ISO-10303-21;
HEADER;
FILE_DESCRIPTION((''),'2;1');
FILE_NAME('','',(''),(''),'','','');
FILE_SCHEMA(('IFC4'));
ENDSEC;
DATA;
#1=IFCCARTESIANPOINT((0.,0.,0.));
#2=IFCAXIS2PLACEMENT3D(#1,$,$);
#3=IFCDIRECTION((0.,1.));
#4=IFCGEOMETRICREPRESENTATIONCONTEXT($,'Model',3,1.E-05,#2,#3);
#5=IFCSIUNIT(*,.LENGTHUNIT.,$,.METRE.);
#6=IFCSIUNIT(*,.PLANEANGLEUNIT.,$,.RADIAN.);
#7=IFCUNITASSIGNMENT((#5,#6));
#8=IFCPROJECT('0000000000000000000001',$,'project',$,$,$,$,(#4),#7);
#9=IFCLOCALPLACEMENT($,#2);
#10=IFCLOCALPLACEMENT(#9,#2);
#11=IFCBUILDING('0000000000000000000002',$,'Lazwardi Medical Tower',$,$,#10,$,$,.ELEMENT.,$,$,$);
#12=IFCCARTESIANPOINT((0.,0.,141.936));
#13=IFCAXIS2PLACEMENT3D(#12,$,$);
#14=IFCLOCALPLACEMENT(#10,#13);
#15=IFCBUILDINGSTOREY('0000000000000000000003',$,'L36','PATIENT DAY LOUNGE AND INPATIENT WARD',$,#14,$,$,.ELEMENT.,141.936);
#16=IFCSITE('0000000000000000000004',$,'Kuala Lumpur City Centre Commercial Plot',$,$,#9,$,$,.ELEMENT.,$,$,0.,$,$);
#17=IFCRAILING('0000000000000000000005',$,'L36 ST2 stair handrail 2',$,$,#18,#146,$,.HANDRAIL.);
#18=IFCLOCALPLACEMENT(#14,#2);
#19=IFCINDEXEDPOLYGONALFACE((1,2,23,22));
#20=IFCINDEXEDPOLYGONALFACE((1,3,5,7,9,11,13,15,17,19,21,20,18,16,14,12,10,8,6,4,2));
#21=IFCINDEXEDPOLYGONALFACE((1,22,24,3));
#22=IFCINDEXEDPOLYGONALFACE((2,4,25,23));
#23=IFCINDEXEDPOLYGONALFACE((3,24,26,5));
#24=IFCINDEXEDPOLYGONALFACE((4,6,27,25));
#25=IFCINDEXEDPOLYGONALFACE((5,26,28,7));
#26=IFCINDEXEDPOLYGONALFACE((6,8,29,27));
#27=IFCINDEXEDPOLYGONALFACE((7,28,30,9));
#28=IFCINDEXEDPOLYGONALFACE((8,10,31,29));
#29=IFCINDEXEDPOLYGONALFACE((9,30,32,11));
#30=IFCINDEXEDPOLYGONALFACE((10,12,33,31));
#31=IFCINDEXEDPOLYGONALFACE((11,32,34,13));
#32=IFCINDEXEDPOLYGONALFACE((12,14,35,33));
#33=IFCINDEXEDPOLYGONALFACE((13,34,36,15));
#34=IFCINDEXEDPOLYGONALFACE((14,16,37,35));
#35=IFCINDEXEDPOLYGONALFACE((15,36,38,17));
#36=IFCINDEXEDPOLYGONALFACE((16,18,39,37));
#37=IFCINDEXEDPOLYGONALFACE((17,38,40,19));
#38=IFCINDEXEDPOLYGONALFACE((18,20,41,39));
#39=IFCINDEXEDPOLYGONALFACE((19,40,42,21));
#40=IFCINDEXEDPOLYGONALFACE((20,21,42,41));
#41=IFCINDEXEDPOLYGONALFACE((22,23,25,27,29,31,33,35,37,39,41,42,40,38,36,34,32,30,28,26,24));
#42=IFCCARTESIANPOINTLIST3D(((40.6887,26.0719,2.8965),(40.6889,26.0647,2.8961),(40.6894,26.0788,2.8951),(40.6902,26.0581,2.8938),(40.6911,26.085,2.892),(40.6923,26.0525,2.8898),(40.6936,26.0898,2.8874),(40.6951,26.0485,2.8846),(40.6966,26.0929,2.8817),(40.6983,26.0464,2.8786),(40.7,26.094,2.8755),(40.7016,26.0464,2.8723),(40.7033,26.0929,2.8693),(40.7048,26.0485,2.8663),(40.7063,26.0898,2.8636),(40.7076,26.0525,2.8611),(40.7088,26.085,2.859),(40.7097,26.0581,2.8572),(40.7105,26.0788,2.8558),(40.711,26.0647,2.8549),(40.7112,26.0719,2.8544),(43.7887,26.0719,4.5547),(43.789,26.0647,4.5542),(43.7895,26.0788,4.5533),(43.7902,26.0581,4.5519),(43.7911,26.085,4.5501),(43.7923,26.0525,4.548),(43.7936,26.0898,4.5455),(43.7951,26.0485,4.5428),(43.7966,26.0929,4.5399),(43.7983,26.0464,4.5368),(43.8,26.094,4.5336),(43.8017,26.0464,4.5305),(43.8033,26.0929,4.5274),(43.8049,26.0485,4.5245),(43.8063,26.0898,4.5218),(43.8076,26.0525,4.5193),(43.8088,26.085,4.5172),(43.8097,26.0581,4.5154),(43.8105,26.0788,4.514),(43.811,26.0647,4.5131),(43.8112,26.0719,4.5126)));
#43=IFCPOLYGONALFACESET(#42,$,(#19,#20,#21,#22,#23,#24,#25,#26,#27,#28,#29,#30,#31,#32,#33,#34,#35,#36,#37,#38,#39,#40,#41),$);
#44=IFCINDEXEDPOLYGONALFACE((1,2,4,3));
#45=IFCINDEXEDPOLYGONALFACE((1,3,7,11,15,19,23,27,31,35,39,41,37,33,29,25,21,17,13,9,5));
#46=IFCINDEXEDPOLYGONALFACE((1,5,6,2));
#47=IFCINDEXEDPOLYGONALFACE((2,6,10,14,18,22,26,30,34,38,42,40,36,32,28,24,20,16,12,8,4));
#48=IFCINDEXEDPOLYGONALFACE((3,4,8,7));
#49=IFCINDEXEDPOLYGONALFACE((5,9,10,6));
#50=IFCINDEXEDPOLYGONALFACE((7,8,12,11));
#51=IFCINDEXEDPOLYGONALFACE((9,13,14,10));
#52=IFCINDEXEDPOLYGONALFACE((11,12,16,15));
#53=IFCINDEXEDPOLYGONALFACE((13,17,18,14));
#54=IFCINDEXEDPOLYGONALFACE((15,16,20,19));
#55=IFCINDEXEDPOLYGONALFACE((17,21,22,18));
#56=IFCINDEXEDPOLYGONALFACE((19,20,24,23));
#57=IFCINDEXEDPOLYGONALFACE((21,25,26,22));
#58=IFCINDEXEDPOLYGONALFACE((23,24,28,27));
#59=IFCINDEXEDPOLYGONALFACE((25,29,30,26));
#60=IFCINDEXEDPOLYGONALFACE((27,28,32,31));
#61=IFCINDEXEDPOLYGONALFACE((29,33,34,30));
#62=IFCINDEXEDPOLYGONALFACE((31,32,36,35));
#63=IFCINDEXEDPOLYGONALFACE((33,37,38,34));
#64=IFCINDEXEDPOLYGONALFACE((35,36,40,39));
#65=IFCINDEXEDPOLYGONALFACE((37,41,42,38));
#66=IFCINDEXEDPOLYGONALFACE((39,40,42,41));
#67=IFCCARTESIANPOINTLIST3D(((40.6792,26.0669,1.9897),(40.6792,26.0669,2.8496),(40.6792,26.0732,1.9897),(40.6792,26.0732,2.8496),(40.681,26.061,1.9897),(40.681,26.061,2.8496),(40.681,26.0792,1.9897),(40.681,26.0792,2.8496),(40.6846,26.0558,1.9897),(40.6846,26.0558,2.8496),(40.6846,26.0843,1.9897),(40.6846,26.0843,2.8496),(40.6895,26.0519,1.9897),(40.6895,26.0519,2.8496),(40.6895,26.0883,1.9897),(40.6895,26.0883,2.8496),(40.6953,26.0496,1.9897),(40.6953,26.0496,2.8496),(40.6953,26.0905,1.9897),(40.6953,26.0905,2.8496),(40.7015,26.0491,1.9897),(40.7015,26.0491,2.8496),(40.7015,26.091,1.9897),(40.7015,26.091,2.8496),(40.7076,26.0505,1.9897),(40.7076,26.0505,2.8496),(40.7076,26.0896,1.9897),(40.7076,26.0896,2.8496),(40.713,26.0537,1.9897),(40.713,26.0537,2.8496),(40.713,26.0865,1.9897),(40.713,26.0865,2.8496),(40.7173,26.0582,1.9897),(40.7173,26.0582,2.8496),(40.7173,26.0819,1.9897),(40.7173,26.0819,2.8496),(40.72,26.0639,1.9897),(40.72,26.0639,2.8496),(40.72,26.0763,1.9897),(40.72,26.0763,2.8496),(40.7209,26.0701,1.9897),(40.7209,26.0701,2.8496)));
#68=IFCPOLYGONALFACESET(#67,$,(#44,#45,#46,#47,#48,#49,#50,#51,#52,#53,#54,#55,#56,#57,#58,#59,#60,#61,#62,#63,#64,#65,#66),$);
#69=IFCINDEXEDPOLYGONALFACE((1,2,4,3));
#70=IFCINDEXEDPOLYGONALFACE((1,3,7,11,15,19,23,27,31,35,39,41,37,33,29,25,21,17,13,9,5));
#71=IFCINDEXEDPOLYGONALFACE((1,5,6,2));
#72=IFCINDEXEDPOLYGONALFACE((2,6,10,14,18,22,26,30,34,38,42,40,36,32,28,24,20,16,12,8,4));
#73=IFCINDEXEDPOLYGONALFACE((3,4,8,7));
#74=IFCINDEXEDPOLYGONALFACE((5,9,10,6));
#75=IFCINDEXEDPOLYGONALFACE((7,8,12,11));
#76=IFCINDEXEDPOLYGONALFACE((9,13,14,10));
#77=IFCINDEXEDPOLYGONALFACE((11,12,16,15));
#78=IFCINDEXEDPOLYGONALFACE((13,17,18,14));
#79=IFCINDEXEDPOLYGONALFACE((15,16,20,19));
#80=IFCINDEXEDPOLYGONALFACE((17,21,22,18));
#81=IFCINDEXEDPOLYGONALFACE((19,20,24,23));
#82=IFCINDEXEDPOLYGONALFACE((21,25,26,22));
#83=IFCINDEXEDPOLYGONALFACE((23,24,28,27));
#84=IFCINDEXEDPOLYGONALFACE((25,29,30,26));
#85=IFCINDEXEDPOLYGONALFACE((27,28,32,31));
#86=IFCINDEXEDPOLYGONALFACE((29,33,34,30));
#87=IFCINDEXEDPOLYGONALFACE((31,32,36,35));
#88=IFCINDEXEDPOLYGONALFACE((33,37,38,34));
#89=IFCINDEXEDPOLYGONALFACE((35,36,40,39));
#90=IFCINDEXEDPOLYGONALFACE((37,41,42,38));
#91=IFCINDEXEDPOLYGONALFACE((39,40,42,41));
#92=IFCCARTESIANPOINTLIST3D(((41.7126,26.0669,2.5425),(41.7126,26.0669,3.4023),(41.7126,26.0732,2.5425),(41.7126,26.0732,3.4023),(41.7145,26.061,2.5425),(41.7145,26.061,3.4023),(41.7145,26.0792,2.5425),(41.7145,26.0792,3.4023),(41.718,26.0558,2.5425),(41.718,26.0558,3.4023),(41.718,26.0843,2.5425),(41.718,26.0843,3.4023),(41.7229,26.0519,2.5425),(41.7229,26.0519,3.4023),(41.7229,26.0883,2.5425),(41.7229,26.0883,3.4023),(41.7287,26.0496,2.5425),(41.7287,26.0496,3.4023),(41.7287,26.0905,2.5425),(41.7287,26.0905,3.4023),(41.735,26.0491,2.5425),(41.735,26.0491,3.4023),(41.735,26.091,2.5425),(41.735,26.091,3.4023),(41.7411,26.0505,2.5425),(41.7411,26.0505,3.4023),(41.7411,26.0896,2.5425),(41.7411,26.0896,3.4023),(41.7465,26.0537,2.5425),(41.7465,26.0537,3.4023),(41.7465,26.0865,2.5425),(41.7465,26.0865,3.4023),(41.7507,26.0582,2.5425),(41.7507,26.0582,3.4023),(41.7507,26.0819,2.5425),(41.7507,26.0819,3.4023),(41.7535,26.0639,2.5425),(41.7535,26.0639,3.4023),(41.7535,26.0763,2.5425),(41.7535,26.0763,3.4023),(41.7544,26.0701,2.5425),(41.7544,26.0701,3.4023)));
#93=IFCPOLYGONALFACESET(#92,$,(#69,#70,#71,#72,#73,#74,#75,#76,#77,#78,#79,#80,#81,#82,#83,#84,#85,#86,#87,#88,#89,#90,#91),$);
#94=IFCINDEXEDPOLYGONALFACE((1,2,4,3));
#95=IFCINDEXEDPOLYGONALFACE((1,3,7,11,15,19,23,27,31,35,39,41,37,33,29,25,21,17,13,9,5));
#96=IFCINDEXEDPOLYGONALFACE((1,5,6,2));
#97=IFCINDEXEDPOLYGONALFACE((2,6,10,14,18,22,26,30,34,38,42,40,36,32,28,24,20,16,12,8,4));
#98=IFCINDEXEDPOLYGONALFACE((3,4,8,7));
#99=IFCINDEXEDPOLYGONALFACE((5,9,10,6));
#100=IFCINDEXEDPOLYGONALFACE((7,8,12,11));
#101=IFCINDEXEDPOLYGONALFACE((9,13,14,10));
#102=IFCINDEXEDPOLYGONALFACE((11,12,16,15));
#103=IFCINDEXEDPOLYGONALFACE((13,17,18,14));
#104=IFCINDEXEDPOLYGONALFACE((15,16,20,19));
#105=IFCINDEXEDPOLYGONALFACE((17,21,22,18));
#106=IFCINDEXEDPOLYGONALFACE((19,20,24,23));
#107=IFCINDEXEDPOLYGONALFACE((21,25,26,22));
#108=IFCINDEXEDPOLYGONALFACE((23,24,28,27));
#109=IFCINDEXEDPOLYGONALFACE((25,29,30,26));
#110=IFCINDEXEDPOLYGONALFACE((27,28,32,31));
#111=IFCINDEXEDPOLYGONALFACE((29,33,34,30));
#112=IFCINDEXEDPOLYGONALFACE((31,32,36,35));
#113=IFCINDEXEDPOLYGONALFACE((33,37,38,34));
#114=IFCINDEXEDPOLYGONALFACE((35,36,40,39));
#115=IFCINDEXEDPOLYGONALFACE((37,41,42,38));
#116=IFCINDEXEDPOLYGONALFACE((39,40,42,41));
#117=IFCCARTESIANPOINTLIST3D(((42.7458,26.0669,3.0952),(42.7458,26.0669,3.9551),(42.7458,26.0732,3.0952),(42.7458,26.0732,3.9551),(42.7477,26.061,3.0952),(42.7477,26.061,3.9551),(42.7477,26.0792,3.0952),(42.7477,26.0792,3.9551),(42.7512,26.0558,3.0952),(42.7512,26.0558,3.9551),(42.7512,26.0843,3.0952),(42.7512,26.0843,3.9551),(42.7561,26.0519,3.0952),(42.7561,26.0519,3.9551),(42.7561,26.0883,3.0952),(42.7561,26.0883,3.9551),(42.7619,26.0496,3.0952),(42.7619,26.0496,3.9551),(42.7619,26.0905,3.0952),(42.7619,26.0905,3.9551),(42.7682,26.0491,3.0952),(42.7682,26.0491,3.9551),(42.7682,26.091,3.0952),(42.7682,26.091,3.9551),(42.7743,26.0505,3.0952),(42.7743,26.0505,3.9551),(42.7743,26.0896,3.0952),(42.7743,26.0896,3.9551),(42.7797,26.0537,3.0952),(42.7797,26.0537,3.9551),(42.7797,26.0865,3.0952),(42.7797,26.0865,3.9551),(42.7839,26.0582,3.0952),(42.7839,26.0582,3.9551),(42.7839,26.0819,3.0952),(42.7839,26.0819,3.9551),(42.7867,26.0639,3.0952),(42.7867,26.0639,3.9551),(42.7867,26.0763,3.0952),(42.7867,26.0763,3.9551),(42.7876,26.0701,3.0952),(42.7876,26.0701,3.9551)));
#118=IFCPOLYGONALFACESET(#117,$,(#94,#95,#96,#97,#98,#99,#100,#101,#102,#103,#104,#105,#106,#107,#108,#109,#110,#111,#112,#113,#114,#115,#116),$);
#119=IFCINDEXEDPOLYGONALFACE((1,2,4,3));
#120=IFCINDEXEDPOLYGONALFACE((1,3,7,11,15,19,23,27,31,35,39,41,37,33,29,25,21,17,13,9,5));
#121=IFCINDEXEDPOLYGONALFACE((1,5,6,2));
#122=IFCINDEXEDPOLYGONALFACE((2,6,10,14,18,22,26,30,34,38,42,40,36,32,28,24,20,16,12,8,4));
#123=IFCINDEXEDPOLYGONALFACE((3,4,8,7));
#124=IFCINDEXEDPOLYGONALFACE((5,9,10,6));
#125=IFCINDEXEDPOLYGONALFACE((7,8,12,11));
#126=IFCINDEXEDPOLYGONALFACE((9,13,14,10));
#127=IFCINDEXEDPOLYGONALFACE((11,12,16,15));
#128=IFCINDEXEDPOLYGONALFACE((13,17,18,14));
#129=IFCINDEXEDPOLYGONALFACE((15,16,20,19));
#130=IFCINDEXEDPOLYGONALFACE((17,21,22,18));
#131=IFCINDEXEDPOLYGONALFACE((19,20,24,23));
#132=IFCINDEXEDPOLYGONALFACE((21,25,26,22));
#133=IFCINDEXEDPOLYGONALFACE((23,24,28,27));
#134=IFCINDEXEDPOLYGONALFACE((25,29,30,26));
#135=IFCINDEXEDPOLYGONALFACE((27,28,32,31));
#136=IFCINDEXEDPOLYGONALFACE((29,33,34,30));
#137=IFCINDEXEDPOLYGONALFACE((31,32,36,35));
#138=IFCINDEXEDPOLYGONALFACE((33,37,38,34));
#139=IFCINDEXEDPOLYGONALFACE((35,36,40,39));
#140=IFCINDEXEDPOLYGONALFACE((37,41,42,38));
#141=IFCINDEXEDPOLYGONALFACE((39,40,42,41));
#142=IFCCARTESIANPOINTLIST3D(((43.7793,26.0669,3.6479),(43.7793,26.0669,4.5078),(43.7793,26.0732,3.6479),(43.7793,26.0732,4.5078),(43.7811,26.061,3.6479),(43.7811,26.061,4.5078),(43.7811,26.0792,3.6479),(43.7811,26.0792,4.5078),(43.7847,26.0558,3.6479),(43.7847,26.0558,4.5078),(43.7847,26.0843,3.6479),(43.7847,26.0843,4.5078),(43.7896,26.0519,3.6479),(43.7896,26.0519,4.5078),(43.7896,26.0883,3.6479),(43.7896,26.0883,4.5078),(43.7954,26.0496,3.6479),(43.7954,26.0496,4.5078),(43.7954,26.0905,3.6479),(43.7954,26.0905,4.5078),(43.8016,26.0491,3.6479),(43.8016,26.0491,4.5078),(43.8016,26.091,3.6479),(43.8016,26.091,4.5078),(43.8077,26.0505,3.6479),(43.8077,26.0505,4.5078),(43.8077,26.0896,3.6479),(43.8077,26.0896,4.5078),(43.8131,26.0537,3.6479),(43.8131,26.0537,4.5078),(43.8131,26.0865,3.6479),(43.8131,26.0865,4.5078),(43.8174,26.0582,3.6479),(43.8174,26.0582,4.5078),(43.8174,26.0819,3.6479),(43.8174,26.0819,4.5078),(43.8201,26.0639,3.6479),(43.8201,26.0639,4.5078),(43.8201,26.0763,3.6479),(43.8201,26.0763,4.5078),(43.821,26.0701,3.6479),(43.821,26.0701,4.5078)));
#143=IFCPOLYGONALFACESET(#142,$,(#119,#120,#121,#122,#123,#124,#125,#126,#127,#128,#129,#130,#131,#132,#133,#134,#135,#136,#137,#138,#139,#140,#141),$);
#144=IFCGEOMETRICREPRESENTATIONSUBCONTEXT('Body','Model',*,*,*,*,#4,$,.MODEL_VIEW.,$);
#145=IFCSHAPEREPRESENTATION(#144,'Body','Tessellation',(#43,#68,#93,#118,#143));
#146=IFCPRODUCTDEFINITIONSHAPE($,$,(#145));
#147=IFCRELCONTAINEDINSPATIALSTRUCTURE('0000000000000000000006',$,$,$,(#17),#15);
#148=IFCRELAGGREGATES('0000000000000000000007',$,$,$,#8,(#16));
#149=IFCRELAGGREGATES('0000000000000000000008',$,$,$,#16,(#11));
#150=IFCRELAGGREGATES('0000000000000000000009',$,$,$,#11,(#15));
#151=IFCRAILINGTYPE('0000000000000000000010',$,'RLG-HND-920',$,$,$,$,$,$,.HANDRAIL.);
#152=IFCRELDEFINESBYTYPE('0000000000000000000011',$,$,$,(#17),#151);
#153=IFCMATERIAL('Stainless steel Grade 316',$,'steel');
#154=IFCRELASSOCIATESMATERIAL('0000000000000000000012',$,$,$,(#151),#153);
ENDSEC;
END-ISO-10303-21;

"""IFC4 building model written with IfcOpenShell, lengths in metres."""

from ifc_helpers import new_model, si_unit, direction, frame, origin, origin_2d, place, context, subcontext, project, spatial, circle, extrude, material, type_object, element, save


model = new_model("IFC4")

# Units and contexts
model_context = context("Model", 3, precision=1e-05, world=origin(), true_north=direction((0.0, 1.0)))
body_context = subcontext(model_context, "Body", "Model", "MODEL_VIEW")
ifc_project = project(units=[si_unit("LENGTHUNIT", "METRE"), si_unit("PLANEANGLEUNIT", "RADIAN")], contexts=[model_context])

# Site, building, storey
site_placement = place(None, origin())
site = spatial("IfcSite", under=ifc_project, at=site_placement, Name="Kuala Lumpur City Centre Commercial Plot", CompositionType="ELEMENT", RefElevation=0.0)
building_placement = place(site_placement, origin())
building = spatial("IfcBuilding", under=site, at=building_placement, Name="Lazwardi Medical Tower", CompositionType="ELEMENT")
storey_placement = place(building_placement, frame((0.0, 0.0, 141.936)))
storey = spatial("IfcBuildingStorey", under=building, at=storey_placement, Name="L36", Description="PATIENT DAY LOUNGE AND INPATIENT WARD", CompositionType="ELEMENT", Elevation=141.936)

# Railing
ifc_material_1 = material(Name="Stainless steel Grade 316", Category="steel")
railing_type_1 = type_object("IfcRailingType", Name="RLG-HND-920", PredefinedType="HANDRAIL", material=ifc_material_1)
railing_1_placement = place(storey_placement, frame((40.7, 26.0701, 1.9897)))
element("IfcRailing", 1, at=railing_1_placement, inside=storey, type_object=railing_type_1, Name="L36 ST2 stair handrail 2", PredefinedType="HANDRAIL", context=body_context, shape_type="SweptSolid", body=[
    extrude(circle(Radius=0.0239, at=origin_2d()), frame((0.0, 0.0, 0.8857), z_axis=(0.881783, 0.0, 0.471655), x_axis=(0.0, 1.0, 0.0)), (0.0, 0.0, 1.0), 3.5156),
    extrude(circle(Radius=0.021, at=origin_2d()), origin(), (0.0, 0.0, 1.0), 0.8599),
    extrude(circle(Radius=0.021, at=origin_2d()), frame((1.0334, 0.0, 0.5527)), (0.0, 0.0, 1.0), 0.8599),
    extrude(circle(Radius=0.021, at=origin_2d()), frame((2.0667, 0.0, 1.1055)), (0.0, 0.0, 1.0), 0.8599),
    extrude(circle(Radius=0.021, at=origin_2d()), frame((3.1001, 0.0, 1.6582)), (0.0, 0.0, 1.0), 0.8599),
])

save(model, "model.ifc")
